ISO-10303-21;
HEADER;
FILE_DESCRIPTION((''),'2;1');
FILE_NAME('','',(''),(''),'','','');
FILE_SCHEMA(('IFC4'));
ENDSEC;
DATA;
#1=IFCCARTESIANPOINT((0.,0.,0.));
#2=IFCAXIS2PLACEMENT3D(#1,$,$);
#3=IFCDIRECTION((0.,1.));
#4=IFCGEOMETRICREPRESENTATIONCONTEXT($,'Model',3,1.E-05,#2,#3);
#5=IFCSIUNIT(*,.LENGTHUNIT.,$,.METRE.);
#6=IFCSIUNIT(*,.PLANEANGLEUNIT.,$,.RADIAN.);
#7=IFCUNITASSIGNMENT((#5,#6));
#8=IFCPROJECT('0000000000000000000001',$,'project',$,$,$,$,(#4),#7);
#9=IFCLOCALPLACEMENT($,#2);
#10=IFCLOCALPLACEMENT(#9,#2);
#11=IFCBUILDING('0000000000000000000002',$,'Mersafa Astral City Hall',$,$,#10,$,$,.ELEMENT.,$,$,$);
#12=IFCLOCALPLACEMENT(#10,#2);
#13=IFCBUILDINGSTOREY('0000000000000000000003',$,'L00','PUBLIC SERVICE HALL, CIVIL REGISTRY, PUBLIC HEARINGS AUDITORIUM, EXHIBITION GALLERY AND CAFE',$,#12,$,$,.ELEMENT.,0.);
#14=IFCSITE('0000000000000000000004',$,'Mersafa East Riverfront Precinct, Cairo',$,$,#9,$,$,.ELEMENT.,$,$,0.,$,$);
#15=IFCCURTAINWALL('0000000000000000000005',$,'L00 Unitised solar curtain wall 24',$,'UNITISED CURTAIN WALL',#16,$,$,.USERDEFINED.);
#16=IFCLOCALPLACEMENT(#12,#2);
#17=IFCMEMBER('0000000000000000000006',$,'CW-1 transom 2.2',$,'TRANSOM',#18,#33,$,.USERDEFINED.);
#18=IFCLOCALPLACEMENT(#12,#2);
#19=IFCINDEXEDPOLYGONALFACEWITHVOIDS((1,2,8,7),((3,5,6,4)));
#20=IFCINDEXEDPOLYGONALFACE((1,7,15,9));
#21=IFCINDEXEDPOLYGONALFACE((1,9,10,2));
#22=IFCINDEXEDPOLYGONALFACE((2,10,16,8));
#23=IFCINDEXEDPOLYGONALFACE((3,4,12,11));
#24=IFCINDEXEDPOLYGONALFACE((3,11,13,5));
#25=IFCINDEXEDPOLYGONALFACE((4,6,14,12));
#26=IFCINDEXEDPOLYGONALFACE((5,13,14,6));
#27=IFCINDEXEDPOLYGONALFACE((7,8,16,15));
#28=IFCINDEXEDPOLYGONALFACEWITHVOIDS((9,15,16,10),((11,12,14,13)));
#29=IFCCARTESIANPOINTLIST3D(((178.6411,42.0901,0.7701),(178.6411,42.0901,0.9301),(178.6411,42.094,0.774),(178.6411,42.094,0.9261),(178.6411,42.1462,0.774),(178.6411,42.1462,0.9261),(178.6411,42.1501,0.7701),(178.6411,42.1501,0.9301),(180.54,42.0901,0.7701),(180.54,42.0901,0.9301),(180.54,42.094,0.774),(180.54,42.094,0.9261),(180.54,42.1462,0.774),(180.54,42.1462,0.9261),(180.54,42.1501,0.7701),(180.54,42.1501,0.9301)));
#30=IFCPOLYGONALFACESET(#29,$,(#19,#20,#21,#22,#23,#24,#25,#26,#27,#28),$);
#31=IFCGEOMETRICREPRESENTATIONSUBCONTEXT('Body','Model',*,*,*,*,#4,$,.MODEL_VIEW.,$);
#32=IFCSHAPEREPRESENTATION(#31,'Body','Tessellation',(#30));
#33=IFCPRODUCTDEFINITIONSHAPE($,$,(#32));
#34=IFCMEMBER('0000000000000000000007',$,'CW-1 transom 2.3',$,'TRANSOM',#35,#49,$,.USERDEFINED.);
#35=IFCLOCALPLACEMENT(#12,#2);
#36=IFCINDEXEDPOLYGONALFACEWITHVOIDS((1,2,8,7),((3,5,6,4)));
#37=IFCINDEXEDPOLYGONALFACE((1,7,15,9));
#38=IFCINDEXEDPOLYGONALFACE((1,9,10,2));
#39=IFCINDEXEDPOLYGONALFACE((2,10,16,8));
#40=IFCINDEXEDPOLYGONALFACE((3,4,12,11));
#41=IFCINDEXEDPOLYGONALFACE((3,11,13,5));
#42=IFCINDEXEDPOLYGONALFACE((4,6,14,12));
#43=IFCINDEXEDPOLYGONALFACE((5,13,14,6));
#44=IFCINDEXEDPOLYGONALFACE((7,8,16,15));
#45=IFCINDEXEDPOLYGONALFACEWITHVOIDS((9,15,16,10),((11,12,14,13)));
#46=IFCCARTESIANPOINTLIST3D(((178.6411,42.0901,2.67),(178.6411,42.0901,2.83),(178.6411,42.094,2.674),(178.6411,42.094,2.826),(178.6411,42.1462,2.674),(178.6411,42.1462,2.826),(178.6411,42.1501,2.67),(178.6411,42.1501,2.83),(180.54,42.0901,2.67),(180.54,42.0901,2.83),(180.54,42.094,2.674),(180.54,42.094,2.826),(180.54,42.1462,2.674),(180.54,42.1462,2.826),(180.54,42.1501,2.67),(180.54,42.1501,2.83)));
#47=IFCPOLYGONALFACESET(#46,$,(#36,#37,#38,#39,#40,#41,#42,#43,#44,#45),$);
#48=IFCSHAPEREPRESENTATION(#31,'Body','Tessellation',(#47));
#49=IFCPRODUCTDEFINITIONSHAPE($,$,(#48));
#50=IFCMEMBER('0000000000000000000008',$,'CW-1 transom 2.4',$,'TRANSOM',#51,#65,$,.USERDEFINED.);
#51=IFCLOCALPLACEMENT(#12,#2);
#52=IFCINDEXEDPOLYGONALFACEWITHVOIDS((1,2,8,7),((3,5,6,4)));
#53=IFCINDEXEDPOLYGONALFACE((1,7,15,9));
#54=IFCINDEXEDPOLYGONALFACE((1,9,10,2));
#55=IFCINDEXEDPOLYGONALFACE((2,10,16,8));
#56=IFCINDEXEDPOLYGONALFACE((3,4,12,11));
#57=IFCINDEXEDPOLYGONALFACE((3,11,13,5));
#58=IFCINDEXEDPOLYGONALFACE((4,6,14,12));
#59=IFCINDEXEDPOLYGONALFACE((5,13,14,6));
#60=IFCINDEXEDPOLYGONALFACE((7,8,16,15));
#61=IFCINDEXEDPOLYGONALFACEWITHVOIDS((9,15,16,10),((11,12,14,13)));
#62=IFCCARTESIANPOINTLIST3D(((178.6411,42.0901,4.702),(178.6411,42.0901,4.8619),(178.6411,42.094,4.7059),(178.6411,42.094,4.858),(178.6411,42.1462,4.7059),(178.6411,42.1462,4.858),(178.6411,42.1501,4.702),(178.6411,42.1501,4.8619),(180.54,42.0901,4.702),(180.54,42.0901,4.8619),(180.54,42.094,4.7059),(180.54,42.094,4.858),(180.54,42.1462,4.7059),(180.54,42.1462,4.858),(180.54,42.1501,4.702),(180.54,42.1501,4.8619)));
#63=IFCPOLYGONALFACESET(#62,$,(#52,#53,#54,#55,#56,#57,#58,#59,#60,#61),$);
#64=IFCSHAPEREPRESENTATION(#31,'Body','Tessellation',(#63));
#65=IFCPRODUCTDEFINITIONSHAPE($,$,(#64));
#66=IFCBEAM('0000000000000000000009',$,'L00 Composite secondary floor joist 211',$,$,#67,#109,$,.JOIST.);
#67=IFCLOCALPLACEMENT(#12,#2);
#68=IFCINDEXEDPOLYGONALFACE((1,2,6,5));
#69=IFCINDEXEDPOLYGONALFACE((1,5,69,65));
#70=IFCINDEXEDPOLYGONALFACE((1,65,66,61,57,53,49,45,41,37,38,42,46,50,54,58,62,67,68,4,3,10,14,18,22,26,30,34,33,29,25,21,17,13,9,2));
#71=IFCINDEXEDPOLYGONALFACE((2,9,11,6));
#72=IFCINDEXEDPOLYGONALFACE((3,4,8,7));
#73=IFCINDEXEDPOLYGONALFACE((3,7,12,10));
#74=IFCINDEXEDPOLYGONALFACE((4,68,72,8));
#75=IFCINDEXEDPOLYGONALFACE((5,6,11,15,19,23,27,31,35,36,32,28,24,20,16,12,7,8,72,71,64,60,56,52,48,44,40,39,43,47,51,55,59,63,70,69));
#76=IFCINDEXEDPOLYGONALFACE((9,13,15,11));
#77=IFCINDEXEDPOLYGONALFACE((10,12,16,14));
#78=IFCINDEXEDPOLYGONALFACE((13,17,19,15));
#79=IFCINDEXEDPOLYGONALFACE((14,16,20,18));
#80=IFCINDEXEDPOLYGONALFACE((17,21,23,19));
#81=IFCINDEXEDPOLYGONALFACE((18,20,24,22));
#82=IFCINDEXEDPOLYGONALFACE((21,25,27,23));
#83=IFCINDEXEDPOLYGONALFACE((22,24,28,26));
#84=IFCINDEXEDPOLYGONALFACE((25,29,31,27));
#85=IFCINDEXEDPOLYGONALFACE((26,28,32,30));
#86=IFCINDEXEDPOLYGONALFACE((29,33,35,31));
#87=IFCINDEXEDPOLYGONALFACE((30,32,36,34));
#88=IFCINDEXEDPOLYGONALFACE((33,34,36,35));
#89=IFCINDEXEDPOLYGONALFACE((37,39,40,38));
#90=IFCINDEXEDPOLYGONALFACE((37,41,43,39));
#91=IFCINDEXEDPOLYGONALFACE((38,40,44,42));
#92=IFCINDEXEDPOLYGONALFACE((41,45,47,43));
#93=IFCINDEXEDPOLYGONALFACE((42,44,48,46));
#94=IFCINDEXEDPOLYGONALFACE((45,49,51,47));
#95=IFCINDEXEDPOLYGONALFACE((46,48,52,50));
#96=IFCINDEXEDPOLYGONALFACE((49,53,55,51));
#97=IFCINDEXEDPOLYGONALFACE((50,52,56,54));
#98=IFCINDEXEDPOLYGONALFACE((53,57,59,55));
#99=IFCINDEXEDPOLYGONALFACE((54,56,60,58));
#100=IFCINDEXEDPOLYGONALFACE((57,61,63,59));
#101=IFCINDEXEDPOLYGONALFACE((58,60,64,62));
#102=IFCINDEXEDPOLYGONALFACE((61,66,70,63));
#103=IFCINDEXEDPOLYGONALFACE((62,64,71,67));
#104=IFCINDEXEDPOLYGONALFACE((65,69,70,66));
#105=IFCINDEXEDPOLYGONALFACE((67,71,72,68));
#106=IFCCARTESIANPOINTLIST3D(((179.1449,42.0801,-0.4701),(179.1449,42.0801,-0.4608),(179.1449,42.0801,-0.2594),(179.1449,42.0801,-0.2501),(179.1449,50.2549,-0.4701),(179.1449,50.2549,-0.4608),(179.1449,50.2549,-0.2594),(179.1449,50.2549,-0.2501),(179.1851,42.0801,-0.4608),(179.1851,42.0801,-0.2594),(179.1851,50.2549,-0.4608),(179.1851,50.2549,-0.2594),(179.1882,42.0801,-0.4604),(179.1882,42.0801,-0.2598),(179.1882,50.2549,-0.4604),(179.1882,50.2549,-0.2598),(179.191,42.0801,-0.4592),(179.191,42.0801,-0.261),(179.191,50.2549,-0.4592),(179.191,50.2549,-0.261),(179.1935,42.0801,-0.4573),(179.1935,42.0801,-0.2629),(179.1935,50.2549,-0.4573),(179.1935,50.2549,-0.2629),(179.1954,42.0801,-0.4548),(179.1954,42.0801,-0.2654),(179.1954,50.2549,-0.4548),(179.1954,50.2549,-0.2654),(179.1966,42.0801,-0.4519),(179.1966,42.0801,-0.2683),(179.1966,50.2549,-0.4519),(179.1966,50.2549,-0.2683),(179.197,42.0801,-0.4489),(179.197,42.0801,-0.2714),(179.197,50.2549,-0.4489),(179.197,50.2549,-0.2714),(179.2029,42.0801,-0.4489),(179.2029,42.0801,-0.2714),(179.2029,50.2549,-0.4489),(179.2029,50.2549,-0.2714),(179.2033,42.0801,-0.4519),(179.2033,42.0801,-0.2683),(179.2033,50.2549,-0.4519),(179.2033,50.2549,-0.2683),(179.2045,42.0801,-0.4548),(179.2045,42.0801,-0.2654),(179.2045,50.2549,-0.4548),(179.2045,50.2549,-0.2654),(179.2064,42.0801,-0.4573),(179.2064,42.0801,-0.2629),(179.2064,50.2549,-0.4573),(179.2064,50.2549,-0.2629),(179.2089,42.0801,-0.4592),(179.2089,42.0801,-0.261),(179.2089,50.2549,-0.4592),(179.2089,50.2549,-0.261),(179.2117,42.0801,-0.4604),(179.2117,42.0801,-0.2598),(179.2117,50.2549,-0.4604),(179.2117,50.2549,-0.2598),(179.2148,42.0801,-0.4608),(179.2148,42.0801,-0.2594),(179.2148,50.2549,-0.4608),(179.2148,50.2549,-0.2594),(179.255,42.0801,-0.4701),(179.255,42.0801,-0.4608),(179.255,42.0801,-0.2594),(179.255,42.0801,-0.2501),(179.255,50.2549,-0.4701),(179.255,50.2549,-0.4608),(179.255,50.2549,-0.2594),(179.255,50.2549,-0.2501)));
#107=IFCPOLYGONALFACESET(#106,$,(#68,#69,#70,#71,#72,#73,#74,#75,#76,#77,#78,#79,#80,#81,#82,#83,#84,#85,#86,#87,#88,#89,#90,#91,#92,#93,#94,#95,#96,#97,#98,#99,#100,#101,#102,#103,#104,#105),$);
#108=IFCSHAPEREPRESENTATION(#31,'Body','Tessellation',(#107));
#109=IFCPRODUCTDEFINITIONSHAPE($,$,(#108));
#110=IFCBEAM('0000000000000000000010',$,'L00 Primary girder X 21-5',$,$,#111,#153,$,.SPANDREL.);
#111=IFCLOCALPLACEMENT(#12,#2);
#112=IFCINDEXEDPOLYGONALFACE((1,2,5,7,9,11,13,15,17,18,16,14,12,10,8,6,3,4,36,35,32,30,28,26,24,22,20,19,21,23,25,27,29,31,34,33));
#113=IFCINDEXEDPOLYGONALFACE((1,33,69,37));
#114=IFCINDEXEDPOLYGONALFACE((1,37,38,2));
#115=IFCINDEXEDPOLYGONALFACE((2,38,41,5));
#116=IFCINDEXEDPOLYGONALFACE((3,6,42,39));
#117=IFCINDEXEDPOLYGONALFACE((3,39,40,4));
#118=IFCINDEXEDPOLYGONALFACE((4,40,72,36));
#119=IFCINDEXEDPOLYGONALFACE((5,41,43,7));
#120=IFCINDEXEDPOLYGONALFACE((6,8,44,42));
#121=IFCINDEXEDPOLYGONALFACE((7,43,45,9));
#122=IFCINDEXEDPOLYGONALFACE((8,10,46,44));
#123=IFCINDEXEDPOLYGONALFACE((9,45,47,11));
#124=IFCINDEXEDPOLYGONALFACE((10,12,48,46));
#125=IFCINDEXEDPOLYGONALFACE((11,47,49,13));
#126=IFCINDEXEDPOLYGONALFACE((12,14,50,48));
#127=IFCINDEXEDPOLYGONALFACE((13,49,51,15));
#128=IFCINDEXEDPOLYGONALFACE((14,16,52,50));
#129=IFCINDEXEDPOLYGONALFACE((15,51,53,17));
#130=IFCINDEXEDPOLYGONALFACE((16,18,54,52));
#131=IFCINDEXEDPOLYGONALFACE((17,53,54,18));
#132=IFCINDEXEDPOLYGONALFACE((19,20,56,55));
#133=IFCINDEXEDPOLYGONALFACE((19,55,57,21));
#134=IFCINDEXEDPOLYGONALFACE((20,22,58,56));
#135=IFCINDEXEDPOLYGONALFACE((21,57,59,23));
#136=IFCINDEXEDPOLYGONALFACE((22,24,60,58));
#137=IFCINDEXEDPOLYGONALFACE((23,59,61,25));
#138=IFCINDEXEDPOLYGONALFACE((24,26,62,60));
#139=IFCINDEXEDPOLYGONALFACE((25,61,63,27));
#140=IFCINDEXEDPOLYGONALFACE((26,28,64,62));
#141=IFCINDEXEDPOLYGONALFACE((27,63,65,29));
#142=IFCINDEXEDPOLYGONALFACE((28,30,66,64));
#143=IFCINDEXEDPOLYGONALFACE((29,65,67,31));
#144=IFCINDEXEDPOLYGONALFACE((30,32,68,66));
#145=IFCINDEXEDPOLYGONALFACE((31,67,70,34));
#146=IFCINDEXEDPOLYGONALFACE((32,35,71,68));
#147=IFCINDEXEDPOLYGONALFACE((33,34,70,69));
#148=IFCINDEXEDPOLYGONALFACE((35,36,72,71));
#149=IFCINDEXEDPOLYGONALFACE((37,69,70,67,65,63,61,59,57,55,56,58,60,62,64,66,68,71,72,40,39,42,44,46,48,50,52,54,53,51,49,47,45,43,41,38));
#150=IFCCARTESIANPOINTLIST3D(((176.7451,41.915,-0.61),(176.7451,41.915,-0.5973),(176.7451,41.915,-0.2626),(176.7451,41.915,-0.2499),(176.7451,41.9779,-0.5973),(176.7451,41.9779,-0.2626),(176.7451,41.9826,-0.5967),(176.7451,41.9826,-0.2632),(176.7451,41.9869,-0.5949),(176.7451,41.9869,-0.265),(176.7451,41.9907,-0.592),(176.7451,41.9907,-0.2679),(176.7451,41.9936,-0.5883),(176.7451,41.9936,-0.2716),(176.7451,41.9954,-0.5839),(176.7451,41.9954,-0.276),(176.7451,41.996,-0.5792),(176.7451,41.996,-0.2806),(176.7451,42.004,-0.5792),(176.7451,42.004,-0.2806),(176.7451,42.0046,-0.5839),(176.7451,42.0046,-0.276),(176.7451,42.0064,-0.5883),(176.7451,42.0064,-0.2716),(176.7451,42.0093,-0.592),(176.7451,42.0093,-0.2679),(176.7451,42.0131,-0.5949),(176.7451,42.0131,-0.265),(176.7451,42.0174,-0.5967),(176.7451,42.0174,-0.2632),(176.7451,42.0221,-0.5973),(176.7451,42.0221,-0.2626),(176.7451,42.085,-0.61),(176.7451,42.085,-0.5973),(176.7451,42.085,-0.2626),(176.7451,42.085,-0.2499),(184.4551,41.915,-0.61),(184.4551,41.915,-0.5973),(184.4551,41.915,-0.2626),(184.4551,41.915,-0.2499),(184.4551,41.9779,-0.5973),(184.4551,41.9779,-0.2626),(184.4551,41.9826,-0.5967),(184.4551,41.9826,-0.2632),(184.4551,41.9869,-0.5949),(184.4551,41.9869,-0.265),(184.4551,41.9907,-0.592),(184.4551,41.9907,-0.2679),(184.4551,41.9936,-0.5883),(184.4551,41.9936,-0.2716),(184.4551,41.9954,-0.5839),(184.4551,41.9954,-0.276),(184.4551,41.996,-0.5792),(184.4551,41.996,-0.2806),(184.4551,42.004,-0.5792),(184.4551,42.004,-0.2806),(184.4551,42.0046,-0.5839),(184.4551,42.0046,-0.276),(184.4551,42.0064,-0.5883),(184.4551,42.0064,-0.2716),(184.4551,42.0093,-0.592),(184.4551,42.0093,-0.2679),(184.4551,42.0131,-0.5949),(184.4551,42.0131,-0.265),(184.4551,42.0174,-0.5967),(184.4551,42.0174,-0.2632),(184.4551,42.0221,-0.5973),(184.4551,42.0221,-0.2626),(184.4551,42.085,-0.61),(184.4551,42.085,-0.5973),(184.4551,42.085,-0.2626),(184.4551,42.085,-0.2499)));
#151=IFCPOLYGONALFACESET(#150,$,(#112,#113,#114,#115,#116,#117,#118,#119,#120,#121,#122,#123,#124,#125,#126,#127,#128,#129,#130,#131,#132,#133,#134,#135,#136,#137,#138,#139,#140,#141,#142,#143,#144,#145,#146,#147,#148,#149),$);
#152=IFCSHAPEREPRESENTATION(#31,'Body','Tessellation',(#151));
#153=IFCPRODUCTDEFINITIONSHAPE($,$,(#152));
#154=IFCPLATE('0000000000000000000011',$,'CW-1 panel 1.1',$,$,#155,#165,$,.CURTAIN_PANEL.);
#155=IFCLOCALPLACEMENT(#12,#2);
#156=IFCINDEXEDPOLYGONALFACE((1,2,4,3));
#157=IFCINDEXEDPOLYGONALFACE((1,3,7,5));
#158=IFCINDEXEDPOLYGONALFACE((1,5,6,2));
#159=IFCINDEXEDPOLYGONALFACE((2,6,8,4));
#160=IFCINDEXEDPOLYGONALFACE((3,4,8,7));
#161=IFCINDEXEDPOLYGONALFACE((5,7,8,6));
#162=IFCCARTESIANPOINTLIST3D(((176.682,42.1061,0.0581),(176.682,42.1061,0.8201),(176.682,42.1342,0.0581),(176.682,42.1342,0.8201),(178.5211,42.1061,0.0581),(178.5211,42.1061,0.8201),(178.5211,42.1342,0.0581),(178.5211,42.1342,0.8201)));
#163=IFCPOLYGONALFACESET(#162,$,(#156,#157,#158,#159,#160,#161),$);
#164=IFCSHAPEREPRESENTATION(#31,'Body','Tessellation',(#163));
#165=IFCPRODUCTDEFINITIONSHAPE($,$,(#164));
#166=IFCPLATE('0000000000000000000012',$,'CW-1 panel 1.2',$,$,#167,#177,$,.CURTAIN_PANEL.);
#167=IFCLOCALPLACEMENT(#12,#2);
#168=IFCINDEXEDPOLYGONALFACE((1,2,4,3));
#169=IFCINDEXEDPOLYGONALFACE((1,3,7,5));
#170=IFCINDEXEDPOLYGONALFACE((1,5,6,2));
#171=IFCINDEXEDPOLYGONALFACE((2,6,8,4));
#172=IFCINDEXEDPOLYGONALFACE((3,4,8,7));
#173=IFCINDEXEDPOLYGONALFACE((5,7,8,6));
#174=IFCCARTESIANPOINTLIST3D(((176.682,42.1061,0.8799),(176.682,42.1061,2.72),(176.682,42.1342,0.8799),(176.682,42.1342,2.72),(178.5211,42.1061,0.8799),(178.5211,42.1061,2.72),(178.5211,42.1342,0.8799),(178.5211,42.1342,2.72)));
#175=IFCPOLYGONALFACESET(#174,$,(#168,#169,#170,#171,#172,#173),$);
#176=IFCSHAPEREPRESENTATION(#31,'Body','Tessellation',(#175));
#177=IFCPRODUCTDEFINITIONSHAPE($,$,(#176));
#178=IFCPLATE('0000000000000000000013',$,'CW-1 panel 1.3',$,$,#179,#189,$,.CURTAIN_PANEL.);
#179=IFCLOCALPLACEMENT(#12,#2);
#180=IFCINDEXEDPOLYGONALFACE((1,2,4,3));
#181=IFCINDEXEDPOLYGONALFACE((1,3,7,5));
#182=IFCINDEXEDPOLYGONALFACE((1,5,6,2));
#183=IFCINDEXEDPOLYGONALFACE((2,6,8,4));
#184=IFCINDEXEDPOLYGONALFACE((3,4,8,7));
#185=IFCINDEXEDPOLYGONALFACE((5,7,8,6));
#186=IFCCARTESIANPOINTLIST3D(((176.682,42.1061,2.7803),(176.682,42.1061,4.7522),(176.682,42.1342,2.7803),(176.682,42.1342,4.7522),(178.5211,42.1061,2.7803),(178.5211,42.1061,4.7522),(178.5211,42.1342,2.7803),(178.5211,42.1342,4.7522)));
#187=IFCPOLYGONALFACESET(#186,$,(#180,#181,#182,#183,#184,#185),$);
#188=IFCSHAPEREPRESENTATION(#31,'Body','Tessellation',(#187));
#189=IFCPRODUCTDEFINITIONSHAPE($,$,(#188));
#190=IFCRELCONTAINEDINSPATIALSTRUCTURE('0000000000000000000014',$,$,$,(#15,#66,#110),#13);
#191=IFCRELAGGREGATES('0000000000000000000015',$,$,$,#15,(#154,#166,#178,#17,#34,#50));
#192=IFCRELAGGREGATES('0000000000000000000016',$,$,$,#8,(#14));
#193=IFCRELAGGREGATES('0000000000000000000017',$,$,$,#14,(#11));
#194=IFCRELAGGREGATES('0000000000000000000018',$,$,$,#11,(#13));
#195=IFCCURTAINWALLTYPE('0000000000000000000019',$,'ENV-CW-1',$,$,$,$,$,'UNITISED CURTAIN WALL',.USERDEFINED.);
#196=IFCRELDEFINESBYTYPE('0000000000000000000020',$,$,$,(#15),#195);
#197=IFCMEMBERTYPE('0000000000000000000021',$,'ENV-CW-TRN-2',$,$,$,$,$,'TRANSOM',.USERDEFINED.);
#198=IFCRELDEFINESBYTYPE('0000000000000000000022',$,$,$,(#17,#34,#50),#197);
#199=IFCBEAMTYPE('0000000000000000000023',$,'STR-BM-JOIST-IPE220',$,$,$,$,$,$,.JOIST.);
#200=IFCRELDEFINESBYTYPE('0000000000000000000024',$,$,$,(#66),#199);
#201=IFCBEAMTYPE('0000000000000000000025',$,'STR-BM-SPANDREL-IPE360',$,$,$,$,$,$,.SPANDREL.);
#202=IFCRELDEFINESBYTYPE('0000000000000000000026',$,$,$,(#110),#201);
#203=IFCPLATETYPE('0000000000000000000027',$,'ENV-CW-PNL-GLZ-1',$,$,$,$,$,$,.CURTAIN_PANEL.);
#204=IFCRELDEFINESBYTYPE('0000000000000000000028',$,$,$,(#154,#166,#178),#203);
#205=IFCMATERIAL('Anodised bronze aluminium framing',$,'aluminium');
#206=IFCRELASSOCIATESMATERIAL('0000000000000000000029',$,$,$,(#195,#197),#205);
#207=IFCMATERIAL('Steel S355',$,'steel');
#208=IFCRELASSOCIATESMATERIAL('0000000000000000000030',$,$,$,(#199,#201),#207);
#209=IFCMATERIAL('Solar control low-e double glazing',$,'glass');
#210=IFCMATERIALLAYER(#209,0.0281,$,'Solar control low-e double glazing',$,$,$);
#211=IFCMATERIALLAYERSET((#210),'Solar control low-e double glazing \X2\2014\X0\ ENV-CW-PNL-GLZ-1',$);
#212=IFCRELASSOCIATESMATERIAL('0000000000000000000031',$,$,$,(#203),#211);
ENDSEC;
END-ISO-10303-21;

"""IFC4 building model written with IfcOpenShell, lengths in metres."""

from ifc_helpers import new_model, si_unit, direction, frame, origin, origin_2d, place, context, subcontext, project, spatial, rectangle, hollow_rectangle, i_section, extrude, material, layer, layer_set, material_profile, profile_set, type_object, element, aggregate, save


model = new_model("IFC4")

# Units and contexts
model_context = context("Model", 3, precision=1e-05, world=origin(), true_north=direction((0.0, 1.0)))
body_context = subcontext(model_context, "Body", "Model", "MODEL_VIEW")
ifc_project = project(units=[si_unit("LENGTHUNIT", "METRE"), si_unit("PLANEANGLEUNIT", "RADIAN")], contexts=[model_context])

# Site, building, storey
site_placement = place(None, origin())
site = spatial("IfcSite", under=ifc_project, at=site_placement, Name="Mersafa East Riverfront Precinct, Cairo", CompositionType="ELEMENT", RefElevation=0.0)
building_placement = place(site_placement, origin())
building = spatial("IfcBuilding", under=site, at=building_placement, Name="Mersafa Astral City Hall", CompositionType="ELEMENT")
storey_placement = place(building_placement, origin())
storey = spatial("IfcBuildingStorey", under=building, at=storey_placement, Name="L00", Description="PUBLIC SERVICE HALL, CIVIL REGISTRY, PUBLIC HEARINGS AUDITORIUM, EXHIBITION GALLERY AND CAFE", CompositionType="ELEMENT", Elevation=0.0)

# Shared definitions
ifc_material_1 = material(Name="Steel S355", Category="steel")

# Curtain wall, members
ifc_material_2 = material(Name="Anodised bronze aluminium framing", Category="aluminium")
curtain_wall_type = type_object("IfcCurtainWallType", Name="ENV-CW-1", ElementType="UNITISED CURTAIN WALL", PredefinedType="USERDEFINED", material=ifc_material_2)
curtain_wall_placement = place(storey_placement, origin())
curtain_wall = element("IfcCurtainWall", 1, at=curtain_wall_placement, inside=storey, type_object=curtain_wall_type, Name="L00 Unitised solar curtain wall 24", ObjectType="UNITISED CURTAIN WALL", PredefinedType="USERDEFINED")
ifc_material_profile_1 = material_profile(ifc_material_2, hollow_rectangle(XDim=0.0601, YDim=0.1599, WallThickness=0.0039, at=origin_2d()), Name="RHS 60x160x4")
ifc_profile_set_1 = profile_set([ifc_material_profile_1], Name="Anodised bronze aluminium framing")
member_type_1 = type_object("IfcMemberType", Name="ENV-CW-TRN-2", ElementType="TRANSOM", PredefinedType="USERDEFINED", material=ifc_profile_set_1)
member_1_placement = place(storey_placement, frame((178.6411, 42.1201, 0.8501), z_axis=(1.0, 0.0, 0.0), x_axis=(0.0, 1.0, 0.0)))
member_1 = element("IfcMember", 2, at=member_1_placement, type_object=member_type_1, Name="CW-1 transom 2.2", ObjectType="TRANSOM", PredefinedType="USERDEFINED", context=body_context, shape_type="SweptSolid", body=[
    extrude(hollow_rectangle(XDim=0.0601, YDim=0.1599, WallThickness=0.0039, at=origin_2d()), origin(), (0.0, 0.0, 1.0), 1.8989),
])
member_2_placement = place(storey_placement, frame((178.6411, 42.1201, 2.75), z_axis=(1.0, 0.0, 0.0), x_axis=(0.0, 1.0, 0.0)))
member_2 = element("IfcMember", 3, at=member_2_placement, type_object=member_type_1, Name="CW-1 transom 2.3", ObjectType="TRANSOM", PredefinedType="USERDEFINED", context=body_context, shape_type="SweptSolid", body=[
    extrude(hollow_rectangle(XDim=0.0601, YDim=0.1599, WallThickness=0.0039, at=origin_2d()), origin(), (0.0, 0.0, 1.0), 1.8989),
])
member_3_placement = place(storey_placement, frame((178.6411, 42.1201, 4.782), z_axis=(1.0, 0.0, 0.0), x_axis=(0.0, 1.0, 0.0)))
member_3 = element("IfcMember", 4, at=member_3_placement, type_object=member_type_1, Name="CW-1 transom 2.4", ObjectType="TRANSOM", PredefinedType="USERDEFINED", context=body_context, shape_type="SweptSolid", body=[
    extrude(hollow_rectangle(XDim=0.0601, YDim=0.1599, WallThickness=0.0039, at=origin_2d()), origin(), (0.0, 0.0, 1.0), 1.8989),
])

# Beams
ifc_material_profile_2 = material_profile(ifc_material_1, i_section(OverallWidth=0.1101, OverallDepth=0.22, WebThickness=0.0059, FlangeThickness=0.0093, FilletRadius=0.012, at=origin_2d()), Name="IPE 220")
ifc_profile_set_2 = profile_set([ifc_material_profile_2], Name="Steel S355")
beam_type_1 = type_object("IfcBeamType", Name="STR-BM-JOIST-IPE220", PredefinedType="JOIST", material=ifc_profile_set_2)
beam_1_placement = place(storey_placement, frame((179.2, 42.0801, -0.3601), z_axis=(0.0, 1.0, 0.0), x_axis=(-1.0, 0.0, 0.0)))
element("IfcBeam", 5, at=beam_1_placement, inside=storey, type_object=beam_type_1, Name="L00 Composite secondary floor joist 211", PredefinedType="JOIST", context=body_context, shape_type="SweptSolid", body=[
    extrude(i_section(OverallWidth=0.1101, OverallDepth=0.22, WebThickness=0.0059, FlangeThickness=0.0093, FilletRadius=0.012, at=origin_2d()), origin(), (0.0, 0.0, 1.0), 8.1748),
])
ifc_material_profile_3 = material_profile(ifc_material_1, i_section(OverallWidth=0.1699, OverallDepth=0.3601, WebThickness=0.0081, FlangeThickness=0.0127, FilletRadius=0.0181, at=origin_2d()), Name="IPE 360")
ifc_profile_set_3 = profile_set([ifc_material_profile_3], Name="Steel S355")
beam_type_2 = type_object("IfcBeamType", Name="STR-BM-SPANDREL-IPE360", PredefinedType="SPANDREL", material=ifc_profile_set_3)
beam_2_placement = place(storey_placement, frame((176.7451, 42.0, -0.4299), z_axis=(1.0, 0.0, 0.0), x_axis=(0.0, 1.0, 0.0)))
element("IfcBeam", 6, at=beam_2_placement, inside=storey, type_object=beam_type_2, Name="L00 Primary girder X 21-5", PredefinedType="SPANDREL", context=body_context, shape_type="SweptSolid", body=[
    extrude(i_section(OverallWidth=0.1699, OverallDepth=0.3601, WebThickness=0.0081, FlangeThickness=0.0127, FilletRadius=0.0181, at=origin_2d()), origin(), (0.0, 0.0, 1.0), 7.71),
])

# Plates
ifc_material_3 = material(Name="Solar control low-e double glazing", Category="glass")
ifc_layer = layer(ifc_material_3, 0.0281, Name="Solar control low-e double glazing")
ifc_layer_set = layer_set([ifc_layer], Name="Solar control low-e double glazing — ENV-CW-PNL-GLZ-1")
plate_type = type_object("IfcPlateType", Name="ENV-CW-PNL-GLZ-1", PredefinedType="CURTAIN_PANEL", material=ifc_layer_set)
plate_1_placement = place(storey_placement, frame((177.6016, 42.1201, 0.0581), z_axis=(0.0, 0.0, 1.0), x_axis=(1.0, 0.0, 0.0)))
plate_1 = element("IfcPlate", 7, at=plate_1_placement, type_object=plate_type, Name="CW-1 panel 1.1", PredefinedType="CURTAIN_PANEL", context=body_context, shape_type="SweptSolid", body=[
    extrude(rectangle(XDim=1.8391, YDim=0.0281, at=origin_2d()), origin(), (0.0, 0.0, 1.0), 0.762),
])
plate_2_placement = place(storey_placement, frame((177.6016, 42.1201, 0.8799), z_axis=(0.0, 0.0, 1.0), x_axis=(1.0, 0.0, 0.0)))
plate_2 = element("IfcPlate", 8, at=plate_2_placement, type_object=plate_type, Name="CW-1 panel 1.2", PredefinedType="CURTAIN_PANEL", context=body_context, shape_type="SweptSolid", body=[
    extrude(rectangle(XDim=1.8391, YDim=0.0281, at=origin_2d()), origin(), (0.0, 0.0, 1.0), 1.8401),
])
plate_3_placement = place(storey_placement, frame((177.6016, 42.1201, 2.7803), z_axis=(0.0, 0.0, 1.0), x_axis=(1.0, 0.0, 0.0)))
plate_3 = element("IfcPlate", 9, at=plate_3_placement, type_object=plate_type, Name="CW-1 panel 1.3", PredefinedType="CURTAIN_PANEL", context=body_context, shape_type="SweptSolid", body=[
    extrude(rectangle(XDim=1.8391, YDim=0.0281, at=origin_2d()), origin(), (0.0, 0.0, 1.0), 1.9719),
])
aggregate(curtain_wall, [plate_1, plate_2, plate_3, member_1, member_2, member_3])

save(model, "model.ifc")
